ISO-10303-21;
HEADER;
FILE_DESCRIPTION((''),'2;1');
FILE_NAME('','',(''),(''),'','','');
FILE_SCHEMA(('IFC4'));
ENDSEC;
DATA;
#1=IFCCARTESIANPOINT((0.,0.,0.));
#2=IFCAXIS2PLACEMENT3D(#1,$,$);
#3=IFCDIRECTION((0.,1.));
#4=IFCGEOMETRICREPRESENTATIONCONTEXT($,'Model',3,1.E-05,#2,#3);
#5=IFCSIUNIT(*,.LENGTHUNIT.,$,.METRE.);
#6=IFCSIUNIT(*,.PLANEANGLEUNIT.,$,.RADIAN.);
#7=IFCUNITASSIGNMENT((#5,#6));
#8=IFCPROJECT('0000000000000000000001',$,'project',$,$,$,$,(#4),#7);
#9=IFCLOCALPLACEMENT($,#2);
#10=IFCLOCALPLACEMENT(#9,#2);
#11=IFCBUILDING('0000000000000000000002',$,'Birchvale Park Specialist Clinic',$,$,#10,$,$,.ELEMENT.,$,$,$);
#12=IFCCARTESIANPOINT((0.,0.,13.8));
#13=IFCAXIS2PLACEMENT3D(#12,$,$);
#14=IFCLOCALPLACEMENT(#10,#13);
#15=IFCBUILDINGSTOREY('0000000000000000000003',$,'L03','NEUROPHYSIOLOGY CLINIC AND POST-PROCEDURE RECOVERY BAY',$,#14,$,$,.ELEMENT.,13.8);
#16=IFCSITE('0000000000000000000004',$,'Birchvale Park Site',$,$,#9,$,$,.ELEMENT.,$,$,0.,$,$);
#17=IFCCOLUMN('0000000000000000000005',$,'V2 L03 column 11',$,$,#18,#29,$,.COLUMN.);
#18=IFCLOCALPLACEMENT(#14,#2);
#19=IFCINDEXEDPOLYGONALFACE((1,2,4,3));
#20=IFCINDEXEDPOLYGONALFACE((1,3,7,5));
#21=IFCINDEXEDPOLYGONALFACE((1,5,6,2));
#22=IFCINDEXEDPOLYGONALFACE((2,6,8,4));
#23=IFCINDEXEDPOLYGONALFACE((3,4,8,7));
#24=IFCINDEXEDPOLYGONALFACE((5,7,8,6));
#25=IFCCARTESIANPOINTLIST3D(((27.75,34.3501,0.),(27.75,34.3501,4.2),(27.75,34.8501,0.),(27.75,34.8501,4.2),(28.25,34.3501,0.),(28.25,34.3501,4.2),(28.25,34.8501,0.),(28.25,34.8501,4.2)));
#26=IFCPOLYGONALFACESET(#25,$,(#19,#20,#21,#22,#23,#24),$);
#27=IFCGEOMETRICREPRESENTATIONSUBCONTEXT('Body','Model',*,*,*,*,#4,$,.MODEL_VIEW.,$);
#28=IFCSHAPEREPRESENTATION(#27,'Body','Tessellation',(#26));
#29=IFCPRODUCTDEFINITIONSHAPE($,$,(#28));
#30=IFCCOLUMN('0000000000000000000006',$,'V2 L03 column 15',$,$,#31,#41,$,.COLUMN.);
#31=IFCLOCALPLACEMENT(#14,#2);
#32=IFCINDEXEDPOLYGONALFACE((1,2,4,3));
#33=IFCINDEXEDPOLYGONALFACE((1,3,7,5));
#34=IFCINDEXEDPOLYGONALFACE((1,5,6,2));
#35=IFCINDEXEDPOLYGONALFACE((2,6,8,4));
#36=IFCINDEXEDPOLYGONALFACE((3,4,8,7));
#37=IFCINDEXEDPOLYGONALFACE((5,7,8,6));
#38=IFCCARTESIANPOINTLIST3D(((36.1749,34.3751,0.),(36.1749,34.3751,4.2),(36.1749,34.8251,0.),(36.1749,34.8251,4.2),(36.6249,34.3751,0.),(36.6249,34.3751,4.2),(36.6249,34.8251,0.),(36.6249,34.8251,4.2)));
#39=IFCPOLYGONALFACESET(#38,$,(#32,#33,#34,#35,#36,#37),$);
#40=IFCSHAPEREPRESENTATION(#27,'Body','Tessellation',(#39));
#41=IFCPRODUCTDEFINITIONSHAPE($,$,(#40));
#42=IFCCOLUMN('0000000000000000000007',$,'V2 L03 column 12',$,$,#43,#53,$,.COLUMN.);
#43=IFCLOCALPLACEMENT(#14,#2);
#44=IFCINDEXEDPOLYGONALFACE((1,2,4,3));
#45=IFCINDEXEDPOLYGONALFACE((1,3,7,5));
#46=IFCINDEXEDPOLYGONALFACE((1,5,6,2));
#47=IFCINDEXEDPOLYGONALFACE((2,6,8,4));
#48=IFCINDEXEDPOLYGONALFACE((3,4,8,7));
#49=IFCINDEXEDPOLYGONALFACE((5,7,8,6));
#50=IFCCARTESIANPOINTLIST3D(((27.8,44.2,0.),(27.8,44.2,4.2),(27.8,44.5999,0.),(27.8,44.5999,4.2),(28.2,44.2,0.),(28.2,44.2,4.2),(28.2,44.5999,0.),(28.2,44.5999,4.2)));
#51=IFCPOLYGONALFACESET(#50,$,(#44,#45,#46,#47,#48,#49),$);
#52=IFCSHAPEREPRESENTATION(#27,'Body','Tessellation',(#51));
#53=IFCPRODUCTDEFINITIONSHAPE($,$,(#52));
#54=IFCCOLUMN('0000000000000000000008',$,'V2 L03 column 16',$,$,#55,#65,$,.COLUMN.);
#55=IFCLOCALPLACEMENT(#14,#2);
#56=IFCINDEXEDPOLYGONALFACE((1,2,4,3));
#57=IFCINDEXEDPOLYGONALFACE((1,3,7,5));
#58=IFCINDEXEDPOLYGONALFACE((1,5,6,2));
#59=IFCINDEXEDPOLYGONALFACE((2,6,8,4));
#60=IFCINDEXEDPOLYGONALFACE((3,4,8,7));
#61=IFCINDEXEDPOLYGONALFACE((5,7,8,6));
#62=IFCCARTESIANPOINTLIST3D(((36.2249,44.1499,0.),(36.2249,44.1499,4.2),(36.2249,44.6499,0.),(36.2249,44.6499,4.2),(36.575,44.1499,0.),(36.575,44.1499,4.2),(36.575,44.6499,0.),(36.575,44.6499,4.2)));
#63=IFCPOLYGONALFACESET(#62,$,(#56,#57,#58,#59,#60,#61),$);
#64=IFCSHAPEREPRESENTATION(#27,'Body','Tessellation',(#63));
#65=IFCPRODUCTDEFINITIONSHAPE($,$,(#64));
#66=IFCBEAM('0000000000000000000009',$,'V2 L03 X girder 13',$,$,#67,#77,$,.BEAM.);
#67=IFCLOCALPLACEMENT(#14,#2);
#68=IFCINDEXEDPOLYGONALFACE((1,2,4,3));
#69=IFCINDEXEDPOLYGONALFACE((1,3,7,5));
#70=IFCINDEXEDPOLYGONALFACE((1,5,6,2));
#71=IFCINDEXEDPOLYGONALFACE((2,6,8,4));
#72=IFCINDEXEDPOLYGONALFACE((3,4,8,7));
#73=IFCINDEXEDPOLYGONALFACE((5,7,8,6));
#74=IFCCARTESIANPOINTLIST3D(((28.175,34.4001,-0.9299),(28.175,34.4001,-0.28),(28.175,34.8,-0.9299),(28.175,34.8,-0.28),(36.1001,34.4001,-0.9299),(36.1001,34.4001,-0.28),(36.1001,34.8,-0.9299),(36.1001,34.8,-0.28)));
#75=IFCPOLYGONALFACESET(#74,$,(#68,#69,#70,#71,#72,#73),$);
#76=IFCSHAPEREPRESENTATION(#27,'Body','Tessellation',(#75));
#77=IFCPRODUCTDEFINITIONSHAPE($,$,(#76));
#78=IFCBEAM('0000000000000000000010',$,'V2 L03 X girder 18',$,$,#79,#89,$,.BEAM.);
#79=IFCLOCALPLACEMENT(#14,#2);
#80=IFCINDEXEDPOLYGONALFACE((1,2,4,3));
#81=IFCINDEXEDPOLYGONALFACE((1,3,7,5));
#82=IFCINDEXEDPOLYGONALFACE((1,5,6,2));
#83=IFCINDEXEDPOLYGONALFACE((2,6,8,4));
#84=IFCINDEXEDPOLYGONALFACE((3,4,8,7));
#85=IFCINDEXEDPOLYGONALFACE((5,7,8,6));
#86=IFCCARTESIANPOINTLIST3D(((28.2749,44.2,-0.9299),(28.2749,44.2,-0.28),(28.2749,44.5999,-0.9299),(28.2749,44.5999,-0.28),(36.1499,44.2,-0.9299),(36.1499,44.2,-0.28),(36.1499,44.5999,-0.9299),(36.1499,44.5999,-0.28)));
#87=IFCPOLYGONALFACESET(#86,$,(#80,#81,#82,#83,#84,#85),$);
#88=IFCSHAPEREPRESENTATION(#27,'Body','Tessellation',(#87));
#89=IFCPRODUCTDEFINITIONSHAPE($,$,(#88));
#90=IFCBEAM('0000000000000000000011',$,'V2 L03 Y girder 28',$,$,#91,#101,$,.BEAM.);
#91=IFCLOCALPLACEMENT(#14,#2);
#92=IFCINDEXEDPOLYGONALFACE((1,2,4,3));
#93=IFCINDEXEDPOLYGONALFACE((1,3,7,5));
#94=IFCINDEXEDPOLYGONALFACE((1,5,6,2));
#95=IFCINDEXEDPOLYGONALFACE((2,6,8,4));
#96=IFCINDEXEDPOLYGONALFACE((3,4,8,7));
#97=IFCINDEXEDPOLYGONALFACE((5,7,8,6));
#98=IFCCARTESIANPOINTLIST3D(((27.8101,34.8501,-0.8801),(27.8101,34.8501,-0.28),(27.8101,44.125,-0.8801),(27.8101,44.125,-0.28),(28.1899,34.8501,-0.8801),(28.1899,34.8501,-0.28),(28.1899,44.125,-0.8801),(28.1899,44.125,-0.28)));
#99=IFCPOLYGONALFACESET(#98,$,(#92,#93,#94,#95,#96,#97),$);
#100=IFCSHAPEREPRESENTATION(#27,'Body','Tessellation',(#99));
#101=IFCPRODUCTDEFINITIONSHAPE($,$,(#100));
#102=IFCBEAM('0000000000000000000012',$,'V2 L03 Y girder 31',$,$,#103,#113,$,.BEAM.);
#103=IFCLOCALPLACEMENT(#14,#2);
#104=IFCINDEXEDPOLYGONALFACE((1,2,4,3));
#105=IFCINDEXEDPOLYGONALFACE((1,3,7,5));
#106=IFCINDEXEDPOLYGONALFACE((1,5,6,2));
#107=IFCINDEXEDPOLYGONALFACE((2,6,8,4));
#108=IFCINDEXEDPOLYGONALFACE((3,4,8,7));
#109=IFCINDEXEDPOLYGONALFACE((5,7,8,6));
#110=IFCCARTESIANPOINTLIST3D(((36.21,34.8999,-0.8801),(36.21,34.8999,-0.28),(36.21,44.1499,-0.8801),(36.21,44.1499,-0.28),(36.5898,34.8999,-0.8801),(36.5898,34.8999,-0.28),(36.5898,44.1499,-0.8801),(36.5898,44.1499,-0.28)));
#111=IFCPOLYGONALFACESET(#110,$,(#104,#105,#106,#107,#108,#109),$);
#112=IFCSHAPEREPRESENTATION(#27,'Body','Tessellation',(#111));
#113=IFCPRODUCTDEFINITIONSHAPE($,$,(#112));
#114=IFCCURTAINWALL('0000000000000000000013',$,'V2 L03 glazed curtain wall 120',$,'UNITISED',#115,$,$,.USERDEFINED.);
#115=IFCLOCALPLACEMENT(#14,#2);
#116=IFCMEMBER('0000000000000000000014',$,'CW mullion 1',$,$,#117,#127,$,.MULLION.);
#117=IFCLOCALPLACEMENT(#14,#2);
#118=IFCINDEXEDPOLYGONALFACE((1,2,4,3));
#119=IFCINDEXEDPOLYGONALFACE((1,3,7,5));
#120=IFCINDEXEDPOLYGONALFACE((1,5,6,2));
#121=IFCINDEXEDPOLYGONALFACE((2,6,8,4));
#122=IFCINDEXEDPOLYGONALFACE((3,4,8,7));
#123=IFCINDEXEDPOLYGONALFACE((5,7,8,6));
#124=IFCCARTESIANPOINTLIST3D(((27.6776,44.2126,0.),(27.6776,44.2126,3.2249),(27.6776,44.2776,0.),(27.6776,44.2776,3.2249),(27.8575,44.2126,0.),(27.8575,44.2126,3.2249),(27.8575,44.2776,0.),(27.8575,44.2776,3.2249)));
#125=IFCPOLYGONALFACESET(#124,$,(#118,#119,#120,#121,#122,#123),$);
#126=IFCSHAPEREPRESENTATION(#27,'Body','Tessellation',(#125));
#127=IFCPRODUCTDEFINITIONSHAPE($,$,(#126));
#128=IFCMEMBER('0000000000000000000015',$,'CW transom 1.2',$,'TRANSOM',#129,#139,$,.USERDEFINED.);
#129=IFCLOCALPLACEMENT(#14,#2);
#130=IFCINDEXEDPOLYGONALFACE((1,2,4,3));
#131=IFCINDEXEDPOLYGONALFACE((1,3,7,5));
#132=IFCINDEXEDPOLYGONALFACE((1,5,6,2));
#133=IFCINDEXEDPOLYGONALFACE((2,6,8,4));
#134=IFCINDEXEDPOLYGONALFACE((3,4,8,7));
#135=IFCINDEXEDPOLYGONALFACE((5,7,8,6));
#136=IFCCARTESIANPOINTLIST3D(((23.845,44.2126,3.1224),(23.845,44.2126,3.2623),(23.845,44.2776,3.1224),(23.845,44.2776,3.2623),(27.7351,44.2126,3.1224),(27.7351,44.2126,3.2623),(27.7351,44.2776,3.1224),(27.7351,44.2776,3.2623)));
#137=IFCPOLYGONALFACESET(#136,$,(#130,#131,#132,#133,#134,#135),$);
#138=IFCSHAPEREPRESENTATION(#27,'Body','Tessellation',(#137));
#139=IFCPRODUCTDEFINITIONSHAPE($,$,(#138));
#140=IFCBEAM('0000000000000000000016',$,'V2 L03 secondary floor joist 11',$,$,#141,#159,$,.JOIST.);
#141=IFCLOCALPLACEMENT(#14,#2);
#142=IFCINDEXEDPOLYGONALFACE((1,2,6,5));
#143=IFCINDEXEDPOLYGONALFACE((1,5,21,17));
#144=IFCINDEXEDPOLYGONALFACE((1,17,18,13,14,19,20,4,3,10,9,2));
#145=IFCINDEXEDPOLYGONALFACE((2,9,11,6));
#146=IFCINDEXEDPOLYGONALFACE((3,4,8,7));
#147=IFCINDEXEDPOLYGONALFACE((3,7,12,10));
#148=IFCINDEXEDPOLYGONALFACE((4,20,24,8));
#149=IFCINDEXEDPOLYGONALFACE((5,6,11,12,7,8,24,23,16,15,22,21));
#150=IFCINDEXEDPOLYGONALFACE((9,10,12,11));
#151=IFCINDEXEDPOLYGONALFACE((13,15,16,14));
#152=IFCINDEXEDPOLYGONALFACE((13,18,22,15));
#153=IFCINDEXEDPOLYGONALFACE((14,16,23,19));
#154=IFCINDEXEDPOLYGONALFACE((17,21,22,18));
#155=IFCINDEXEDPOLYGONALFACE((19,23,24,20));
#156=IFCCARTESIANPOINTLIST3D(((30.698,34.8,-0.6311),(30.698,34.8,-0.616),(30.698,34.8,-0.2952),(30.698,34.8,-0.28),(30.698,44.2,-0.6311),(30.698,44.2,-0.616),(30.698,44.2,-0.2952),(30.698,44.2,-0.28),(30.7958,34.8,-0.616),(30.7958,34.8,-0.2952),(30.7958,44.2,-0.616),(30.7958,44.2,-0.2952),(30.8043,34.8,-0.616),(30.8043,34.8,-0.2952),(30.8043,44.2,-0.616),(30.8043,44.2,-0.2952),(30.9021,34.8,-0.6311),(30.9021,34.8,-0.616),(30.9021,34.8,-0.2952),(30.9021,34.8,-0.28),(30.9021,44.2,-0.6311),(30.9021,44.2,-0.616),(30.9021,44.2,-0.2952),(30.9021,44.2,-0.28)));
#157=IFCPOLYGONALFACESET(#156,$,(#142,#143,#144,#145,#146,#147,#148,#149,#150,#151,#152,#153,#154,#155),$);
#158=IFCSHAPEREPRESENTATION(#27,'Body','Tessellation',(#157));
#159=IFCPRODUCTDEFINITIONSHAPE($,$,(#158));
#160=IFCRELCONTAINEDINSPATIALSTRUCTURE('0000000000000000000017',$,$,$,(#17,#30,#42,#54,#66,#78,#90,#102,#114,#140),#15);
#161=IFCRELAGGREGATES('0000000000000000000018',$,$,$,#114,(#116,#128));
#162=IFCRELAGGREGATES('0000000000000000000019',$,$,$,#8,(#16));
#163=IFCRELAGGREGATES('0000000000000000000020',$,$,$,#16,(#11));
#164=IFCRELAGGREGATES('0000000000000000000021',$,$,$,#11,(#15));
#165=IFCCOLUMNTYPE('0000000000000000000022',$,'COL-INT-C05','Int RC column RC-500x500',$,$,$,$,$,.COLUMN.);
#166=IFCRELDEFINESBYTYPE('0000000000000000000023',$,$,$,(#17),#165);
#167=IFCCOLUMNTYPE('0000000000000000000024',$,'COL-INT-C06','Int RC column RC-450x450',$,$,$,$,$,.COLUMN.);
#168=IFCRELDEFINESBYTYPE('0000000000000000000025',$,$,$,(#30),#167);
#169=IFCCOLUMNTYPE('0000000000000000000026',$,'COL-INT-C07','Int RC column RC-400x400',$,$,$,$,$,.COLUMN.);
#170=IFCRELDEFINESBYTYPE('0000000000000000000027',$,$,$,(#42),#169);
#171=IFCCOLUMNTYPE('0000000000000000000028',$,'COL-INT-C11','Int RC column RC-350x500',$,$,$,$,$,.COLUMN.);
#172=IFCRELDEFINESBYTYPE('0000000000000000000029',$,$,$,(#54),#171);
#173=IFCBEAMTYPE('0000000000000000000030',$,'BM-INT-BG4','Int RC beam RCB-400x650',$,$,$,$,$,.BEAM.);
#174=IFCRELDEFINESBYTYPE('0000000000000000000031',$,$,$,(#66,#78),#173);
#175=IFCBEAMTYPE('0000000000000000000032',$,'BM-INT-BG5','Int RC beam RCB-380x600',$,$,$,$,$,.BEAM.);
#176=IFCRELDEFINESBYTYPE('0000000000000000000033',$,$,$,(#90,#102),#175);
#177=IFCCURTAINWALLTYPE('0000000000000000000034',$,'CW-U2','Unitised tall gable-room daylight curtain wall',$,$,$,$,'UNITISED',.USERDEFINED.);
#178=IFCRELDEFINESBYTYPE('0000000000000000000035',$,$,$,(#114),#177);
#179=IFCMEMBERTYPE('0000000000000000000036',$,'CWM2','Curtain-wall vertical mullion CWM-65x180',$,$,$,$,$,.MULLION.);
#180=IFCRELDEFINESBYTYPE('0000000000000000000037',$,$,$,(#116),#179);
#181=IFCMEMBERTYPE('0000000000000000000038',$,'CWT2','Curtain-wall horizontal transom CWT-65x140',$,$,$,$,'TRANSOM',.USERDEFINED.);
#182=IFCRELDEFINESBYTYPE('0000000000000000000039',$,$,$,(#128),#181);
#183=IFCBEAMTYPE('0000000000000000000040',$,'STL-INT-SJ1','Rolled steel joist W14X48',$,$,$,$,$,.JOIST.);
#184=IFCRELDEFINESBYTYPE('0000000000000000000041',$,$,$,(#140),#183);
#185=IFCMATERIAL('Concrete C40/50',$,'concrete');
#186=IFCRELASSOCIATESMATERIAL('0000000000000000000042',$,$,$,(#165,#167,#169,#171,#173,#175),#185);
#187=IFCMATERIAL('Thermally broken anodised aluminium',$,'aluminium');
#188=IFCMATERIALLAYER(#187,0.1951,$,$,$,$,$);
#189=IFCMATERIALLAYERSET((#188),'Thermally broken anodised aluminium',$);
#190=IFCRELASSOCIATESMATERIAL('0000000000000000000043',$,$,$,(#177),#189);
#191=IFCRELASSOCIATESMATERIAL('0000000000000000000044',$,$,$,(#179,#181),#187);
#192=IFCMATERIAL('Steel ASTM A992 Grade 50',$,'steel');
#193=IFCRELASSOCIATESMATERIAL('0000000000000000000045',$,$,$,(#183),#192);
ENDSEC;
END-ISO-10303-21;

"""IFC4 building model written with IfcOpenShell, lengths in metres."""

from ifc_helpers import new_model, si_unit, direction, frame, origin, origin_2d, place, context, subcontext, project, spatial, rectangle, i_section, extrude, material, layer, layer_set, material_profile, profile_set, type_object, element, aggregate, save


model = new_model("IFC4")

# Units and contexts
model_context = context("Model", 3, precision=1e-05, world=origin(), true_north=direction((0.0, 1.0)))
body_context = subcontext(model_context, "Body", "Model", "MODEL_VIEW")
ifc_project = project(units=[si_unit("LENGTHUNIT", "METRE"), si_unit("PLANEANGLEUNIT", "RADIAN")], contexts=[model_context])

# Site, building, storey
site_placement = place(None, origin())
site = spatial("IfcSite", under=ifc_project, at=site_placement, Name="Birchvale Park Site", CompositionType="ELEMENT", RefElevation=0.0)
building_placement = place(site_placement, origin())
building = spatial("IfcBuilding", under=site, at=building_placement, Name="Birchvale Park Specialist Clinic", CompositionType="ELEMENT")
storey_placement = place(building_placement, frame((0.0, 0.0, 13.8)))
storey = spatial("IfcBuildingStorey", under=building, at=storey_placement, Name="L03", Description="NEUROPHYSIOLOGY CLINIC AND POST-PROCEDURE RECOVERY BAY", CompositionType="ELEMENT", Elevation=13.8)

# Columns
ifc_material_1 = material(Name="Concrete C40/50", Category="concrete")
ifc_material_profile_1 = material_profile(ifc_material_1, rectangle(XDim=0.5, YDim=0.5, at=origin_2d()), Name="RC-500x500")
ifc_profile_set_1 = profile_set([ifc_material_profile_1], Name="Concrete C40/50")
column_type_1 = type_object("IfcColumnType", Name="COL-INT-C05", Description="Int RC column RC-500x500", PredefinedType="COLUMN", material=ifc_profile_set_1)
column_1_placement = place(storey_placement, frame((28.0, 34.6001, 0.0), z_axis=(0.0, 0.0, 1.0), x_axis=(1.0, 0.0, 0.0)))
element("IfcColumn", 1, at=column_1_placement, inside=storey, type_object=column_type_1, Name="V2 L03 column 11", PredefinedType="COLUMN", context=body_context, shape_type="SweptSolid", body=[
    extrude(rectangle(XDim=0.5, YDim=0.5, at=origin_2d()), origin(), (0.0, 0.0, 1.0), 4.2),
])
ifc_material_profile_2 = material_profile(ifc_material_1, rectangle(XDim=0.45, YDim=0.45, at=origin_2d()), Name="RC-450x450")
ifc_profile_set_2 = profile_set([ifc_material_profile_2], Name="Concrete C40/50")
column_type_2 = type_object("IfcColumnType", Name="COL-INT-C06", Description="Int RC column RC-450x450", PredefinedType="COLUMN", material=ifc_profile_set_2)
column_2_placement = place(storey_placement, frame((36.3999, 34.6001, 0.0), z_axis=(0.0, 0.0, 1.0), x_axis=(1.0, 0.0, 0.0)))
element("IfcColumn", 2, at=column_2_placement, inside=storey, type_object=column_type_2, Name="V2 L03 column 15", PredefinedType="COLUMN", context=body_context, shape_type="SweptSolid", body=[
    extrude(rectangle(XDim=0.45, YDim=0.45, at=origin_2d()), origin(), (0.0, 0.0, 1.0), 4.2),
])
ifc_material_profile_3 = material_profile(ifc_material_1, rectangle(XDim=0.3999, YDim=0.3999, at=origin_2d()), Name="RC-400x400")
ifc_profile_set_3 = profile_set([ifc_material_profile_3], Name="Concrete C40/50")
column_type_3 = type_object("IfcColumnType", Name="COL-INT-C07", Description="Int RC column RC-400x400", PredefinedType="COLUMN", material=ifc_profile_set_3)
column_3_placement = place(storey_placement, frame((28.0, 44.3999, 0.0), z_axis=(0.0, 0.0, 1.0), x_axis=(1.0, 0.0, 0.0)))
element("IfcColumn", 3, at=column_3_placement, inside=storey, type_object=column_type_3, Name="V2 L03 column 12", PredefinedType="COLUMN", context=body_context, shape_type="SweptSolid", body=[
    extrude(rectangle(XDim=0.3999, YDim=0.3999, at=origin_2d()), origin(), (0.0, 0.0, 1.0), 4.2),
])
ifc_material_profile_4 = material_profile(ifc_material_1, rectangle(XDim=0.3501, YDim=0.5, at=origin_2d()), Name="RC-350x500")
ifc_profile_set_4 = profile_set([ifc_material_profile_4], Name="Concrete C40/50")
column_type_4 = type_object("IfcColumnType", Name="COL-INT-C11", Description="Int RC column RC-350x500", PredefinedType="COLUMN", material=ifc_profile_set_4)
column_4_placement = place(storey_placement, frame((36.3999, 44.3999, 0.0), z_axis=(0.0, 0.0, 1.0), x_axis=(1.0, 0.0, 0.0)))
element("IfcColumn", 4, at=column_4_placement, inside=storey, type_object=column_type_4, Name="V2 L03 column 16", PredefinedType="COLUMN", context=body_context, shape_type="SweptSolid", body=[
    extrude(rectangle(XDim=0.3501, YDim=0.5, at=origin_2d()), origin(), (0.0, 0.0, 1.0), 4.2),
])

# Beams
ifc_material_profile_5 = material_profile(ifc_material_1, rectangle(XDim=0.3999, YDim=0.6499, at=origin_2d()), Name="RCB-400x650")
ifc_profile_set_5 = profile_set([ifc_material_profile_5], Name="Concrete C40/50")
beam_type_1 = type_object("IfcBeamType", Name="BM-INT-BG4", Description="Int RC beam RCB-400x650", PredefinedType="BEAM", material=ifc_profile_set_5)
beam_1_placement = place(storey_placement, frame((28.175, 34.6001, -0.605), z_axis=(1.0, 0.0, 0.0), x_axis=(0.0, 1.0, 0.0)))
element("IfcBeam", 5, at=beam_1_placement, inside=storey, type_object=beam_type_1, Name="V2 L03 X girder 13", PredefinedType="BEAM", context=body_context, shape_type="SweptSolid", body=[
    extrude(rectangle(XDim=0.3999, YDim=0.6499, at=origin_2d()), origin(), (0.0, 0.0, 1.0), 7.925),
])
beam_2_placement = place(storey_placement, frame((28.2749, 44.3999, -0.605), z_axis=(1.0, 0.0, 0.0), x_axis=(0.0, 1.0, 0.0)))
element("IfcBeam", 6, at=beam_2_placement, inside=storey, type_object=beam_type_1, Name="V2 L03 X girder 18", PredefinedType="BEAM", context=body_context, shape_type="SweptSolid", body=[
    extrude(rectangle(XDim=0.3999, YDim=0.6499, at=origin_2d()), origin(), (0.0, 0.0, 1.0), 7.875),
])
ifc_material_profile_6 = material_profile(ifc_material_1, rectangle(XDim=0.3799, YDim=0.6001, at=origin_2d()), Name="RCB-380x600")
ifc_profile_set_6 = profile_set([ifc_material_profile_6], Name="Concrete C40/50")
beam_type_2 = type_object("IfcBeamType", Name="BM-INT-BG5", Description="Int RC beam RCB-380x600", PredefinedType="BEAM", material=ifc_profile_set_6)
beam_3_placement = place(storey_placement, frame((28.0, 34.8501, -0.5801), z_axis=(0.0, 1.0, 0.0), x_axis=(-1.0, 0.0, 0.0)))
element("IfcBeam", 7, at=beam_3_placement, inside=storey, type_object=beam_type_2, Name="V2 L03 Y girder 28", PredefinedType="BEAM", context=body_context, shape_type="SweptSolid", body=[
    extrude(rectangle(XDim=0.3799, YDim=0.6001, at=origin_2d()), origin(), (0.0, 0.0, 1.0), 9.2749),
])
beam_4_placement = place(storey_placement, frame((36.3999, 34.8999, -0.5801), z_axis=(0.0, 1.0, 0.0), x_axis=(-1.0, 0.0, 0.0)))
element("IfcBeam", 8, at=beam_4_placement, inside=storey, type_object=beam_type_2, Name="V2 L03 Y girder 31", PredefinedType="BEAM", context=body_context, shape_type="SweptSolid", body=[
    extrude(rectangle(XDim=0.3799, YDim=0.6001, at=origin_2d()), origin(), (0.0, 0.0, 1.0), 9.25),
])

# Curtain wall, members
ifc_material_2 = material(Name="Thermally broken anodised aluminium", Category="aluminium")
ifc_layer_1 = layer(ifc_material_2, 0.1951)
ifc_layer_set_1 = layer_set([ifc_layer_1], Name="Thermally broken anodised aluminium")
curtain_wall_type = type_object("IfcCurtainWallType", Name="CW-U2", Description="Unitised tall gable-room daylight curtain wall", ElementType="UNITISED", PredefinedType="USERDEFINED", material=ifc_layer_set_1)
curtain_wall_placement = place(storey_placement, origin())
curtain_wall = element("IfcCurtainWall", 9, at=curtain_wall_placement, inside=storey, type_object=curtain_wall_type, Name="V2 L03 glazed curtain wall 120", ObjectType="UNITISED", PredefinedType="USERDEFINED")
ifc_material_profile_7 = material_profile(ifc_material_2, rectangle(XDim=0.0649, YDim=0.1799, at=origin_2d()), Name="CWM-65x180")
ifc_profile_set_7 = profile_set([ifc_material_profile_7], Name="Thermally broken anodised aluminium")
member_type_1 = type_object("IfcMemberType", Name="CWM2", Description="Curtain-wall vertical mullion CWM-65x180", PredefinedType="MULLION", material=ifc_profile_set_7)
member_1_placement = place(storey_placement, frame((27.7676, 44.2451, 0.0), z_axis=(0.0, 0.0, 1.0), x_axis=(0.0, -1.0, 0.0)))
member_1 = element("IfcMember", 10, at=member_1_placement, type_object=member_type_1, Name="CW mullion 1", PredefinedType="MULLION", context=body_context, shape_type="SweptSolid", body=[
    extrude(rectangle(XDim=0.0649, YDim=0.1799, at=origin_2d()), origin(), (0.0, 0.0, 1.0), 3.2249),
])
ifc_material_profile_8 = material_profile(ifc_material_2, rectangle(XDim=0.0649, YDim=0.1399, at=origin_2d()), Name="CWT-65x140")
ifc_profile_set_8 = profile_set([ifc_material_profile_8], Name="Thermally broken anodised aluminium")
member_type_2 = type_object("IfcMemberType", Name="CWT2", Description="Curtain-wall horizontal transom CWT-65x140", ElementType="TRANSOM", PredefinedType="USERDEFINED", material=ifc_profile_set_8)
member_2_placement = place(storey_placement, frame((27.7351, 44.2451, 3.1924), z_axis=(-1.0, 0.0, 0.0), x_axis=(0.0, -1.0, 0.0)))
member_2 = element("IfcMember", 11, at=member_2_placement, type_object=member_type_2, Name="CW transom 1.2", ObjectType="TRANSOM", PredefinedType="USERDEFINED", context=body_context, shape_type="SweptSolid", body=[
    extrude(rectangle(XDim=0.0649, YDim=0.1399, at=origin_2d()), origin(), (0.0, 0.0, 1.0), 3.8901),
])
aggregate(curtain_wall, [member_1, member_2])

# Beam
ifc_material_3 = material(Name="Steel ASTM A992 Grade 50", Category="steel")
ifc_material_profile_9 = material_profile(ifc_material_3, i_section(OverallWidth=0.2041, OverallDepth=0.3511, WebThickness=0.0085, FlangeThickness=0.0151, at=origin_2d()), Name="W14X48")
ifc_profile_set_9 = profile_set([ifc_material_profile_9], Name="Steel ASTM A992 Grade 50")
beam_type_3 = type_object("IfcBeamType", Name="STL-INT-SJ1", Description="Rolled steel joist W14X48", PredefinedType="JOIST", material=ifc_profile_set_9)
beam_5_placement = place(storey_placement, frame((30.8, 34.8, -0.4556), z_axis=(0.0, 1.0, 0.0), x_axis=(-1.0, 0.0, 0.0)))
element("IfcBeam", 12, at=beam_5_placement, inside=storey, type_object=beam_type_3, Name="V2 L03 secondary floor joist 11", PredefinedType="JOIST", context=body_context, shape_type="SweptSolid", body=[
    extrude(i_section(OverallWidth=0.2041, OverallDepth=0.3511, WebThickness=0.0085, FlangeThickness=0.0151, at=origin_2d()), origin(), (0.0, 0.0, 1.0), 9.3999),
])

save(model, "model.ifc")
